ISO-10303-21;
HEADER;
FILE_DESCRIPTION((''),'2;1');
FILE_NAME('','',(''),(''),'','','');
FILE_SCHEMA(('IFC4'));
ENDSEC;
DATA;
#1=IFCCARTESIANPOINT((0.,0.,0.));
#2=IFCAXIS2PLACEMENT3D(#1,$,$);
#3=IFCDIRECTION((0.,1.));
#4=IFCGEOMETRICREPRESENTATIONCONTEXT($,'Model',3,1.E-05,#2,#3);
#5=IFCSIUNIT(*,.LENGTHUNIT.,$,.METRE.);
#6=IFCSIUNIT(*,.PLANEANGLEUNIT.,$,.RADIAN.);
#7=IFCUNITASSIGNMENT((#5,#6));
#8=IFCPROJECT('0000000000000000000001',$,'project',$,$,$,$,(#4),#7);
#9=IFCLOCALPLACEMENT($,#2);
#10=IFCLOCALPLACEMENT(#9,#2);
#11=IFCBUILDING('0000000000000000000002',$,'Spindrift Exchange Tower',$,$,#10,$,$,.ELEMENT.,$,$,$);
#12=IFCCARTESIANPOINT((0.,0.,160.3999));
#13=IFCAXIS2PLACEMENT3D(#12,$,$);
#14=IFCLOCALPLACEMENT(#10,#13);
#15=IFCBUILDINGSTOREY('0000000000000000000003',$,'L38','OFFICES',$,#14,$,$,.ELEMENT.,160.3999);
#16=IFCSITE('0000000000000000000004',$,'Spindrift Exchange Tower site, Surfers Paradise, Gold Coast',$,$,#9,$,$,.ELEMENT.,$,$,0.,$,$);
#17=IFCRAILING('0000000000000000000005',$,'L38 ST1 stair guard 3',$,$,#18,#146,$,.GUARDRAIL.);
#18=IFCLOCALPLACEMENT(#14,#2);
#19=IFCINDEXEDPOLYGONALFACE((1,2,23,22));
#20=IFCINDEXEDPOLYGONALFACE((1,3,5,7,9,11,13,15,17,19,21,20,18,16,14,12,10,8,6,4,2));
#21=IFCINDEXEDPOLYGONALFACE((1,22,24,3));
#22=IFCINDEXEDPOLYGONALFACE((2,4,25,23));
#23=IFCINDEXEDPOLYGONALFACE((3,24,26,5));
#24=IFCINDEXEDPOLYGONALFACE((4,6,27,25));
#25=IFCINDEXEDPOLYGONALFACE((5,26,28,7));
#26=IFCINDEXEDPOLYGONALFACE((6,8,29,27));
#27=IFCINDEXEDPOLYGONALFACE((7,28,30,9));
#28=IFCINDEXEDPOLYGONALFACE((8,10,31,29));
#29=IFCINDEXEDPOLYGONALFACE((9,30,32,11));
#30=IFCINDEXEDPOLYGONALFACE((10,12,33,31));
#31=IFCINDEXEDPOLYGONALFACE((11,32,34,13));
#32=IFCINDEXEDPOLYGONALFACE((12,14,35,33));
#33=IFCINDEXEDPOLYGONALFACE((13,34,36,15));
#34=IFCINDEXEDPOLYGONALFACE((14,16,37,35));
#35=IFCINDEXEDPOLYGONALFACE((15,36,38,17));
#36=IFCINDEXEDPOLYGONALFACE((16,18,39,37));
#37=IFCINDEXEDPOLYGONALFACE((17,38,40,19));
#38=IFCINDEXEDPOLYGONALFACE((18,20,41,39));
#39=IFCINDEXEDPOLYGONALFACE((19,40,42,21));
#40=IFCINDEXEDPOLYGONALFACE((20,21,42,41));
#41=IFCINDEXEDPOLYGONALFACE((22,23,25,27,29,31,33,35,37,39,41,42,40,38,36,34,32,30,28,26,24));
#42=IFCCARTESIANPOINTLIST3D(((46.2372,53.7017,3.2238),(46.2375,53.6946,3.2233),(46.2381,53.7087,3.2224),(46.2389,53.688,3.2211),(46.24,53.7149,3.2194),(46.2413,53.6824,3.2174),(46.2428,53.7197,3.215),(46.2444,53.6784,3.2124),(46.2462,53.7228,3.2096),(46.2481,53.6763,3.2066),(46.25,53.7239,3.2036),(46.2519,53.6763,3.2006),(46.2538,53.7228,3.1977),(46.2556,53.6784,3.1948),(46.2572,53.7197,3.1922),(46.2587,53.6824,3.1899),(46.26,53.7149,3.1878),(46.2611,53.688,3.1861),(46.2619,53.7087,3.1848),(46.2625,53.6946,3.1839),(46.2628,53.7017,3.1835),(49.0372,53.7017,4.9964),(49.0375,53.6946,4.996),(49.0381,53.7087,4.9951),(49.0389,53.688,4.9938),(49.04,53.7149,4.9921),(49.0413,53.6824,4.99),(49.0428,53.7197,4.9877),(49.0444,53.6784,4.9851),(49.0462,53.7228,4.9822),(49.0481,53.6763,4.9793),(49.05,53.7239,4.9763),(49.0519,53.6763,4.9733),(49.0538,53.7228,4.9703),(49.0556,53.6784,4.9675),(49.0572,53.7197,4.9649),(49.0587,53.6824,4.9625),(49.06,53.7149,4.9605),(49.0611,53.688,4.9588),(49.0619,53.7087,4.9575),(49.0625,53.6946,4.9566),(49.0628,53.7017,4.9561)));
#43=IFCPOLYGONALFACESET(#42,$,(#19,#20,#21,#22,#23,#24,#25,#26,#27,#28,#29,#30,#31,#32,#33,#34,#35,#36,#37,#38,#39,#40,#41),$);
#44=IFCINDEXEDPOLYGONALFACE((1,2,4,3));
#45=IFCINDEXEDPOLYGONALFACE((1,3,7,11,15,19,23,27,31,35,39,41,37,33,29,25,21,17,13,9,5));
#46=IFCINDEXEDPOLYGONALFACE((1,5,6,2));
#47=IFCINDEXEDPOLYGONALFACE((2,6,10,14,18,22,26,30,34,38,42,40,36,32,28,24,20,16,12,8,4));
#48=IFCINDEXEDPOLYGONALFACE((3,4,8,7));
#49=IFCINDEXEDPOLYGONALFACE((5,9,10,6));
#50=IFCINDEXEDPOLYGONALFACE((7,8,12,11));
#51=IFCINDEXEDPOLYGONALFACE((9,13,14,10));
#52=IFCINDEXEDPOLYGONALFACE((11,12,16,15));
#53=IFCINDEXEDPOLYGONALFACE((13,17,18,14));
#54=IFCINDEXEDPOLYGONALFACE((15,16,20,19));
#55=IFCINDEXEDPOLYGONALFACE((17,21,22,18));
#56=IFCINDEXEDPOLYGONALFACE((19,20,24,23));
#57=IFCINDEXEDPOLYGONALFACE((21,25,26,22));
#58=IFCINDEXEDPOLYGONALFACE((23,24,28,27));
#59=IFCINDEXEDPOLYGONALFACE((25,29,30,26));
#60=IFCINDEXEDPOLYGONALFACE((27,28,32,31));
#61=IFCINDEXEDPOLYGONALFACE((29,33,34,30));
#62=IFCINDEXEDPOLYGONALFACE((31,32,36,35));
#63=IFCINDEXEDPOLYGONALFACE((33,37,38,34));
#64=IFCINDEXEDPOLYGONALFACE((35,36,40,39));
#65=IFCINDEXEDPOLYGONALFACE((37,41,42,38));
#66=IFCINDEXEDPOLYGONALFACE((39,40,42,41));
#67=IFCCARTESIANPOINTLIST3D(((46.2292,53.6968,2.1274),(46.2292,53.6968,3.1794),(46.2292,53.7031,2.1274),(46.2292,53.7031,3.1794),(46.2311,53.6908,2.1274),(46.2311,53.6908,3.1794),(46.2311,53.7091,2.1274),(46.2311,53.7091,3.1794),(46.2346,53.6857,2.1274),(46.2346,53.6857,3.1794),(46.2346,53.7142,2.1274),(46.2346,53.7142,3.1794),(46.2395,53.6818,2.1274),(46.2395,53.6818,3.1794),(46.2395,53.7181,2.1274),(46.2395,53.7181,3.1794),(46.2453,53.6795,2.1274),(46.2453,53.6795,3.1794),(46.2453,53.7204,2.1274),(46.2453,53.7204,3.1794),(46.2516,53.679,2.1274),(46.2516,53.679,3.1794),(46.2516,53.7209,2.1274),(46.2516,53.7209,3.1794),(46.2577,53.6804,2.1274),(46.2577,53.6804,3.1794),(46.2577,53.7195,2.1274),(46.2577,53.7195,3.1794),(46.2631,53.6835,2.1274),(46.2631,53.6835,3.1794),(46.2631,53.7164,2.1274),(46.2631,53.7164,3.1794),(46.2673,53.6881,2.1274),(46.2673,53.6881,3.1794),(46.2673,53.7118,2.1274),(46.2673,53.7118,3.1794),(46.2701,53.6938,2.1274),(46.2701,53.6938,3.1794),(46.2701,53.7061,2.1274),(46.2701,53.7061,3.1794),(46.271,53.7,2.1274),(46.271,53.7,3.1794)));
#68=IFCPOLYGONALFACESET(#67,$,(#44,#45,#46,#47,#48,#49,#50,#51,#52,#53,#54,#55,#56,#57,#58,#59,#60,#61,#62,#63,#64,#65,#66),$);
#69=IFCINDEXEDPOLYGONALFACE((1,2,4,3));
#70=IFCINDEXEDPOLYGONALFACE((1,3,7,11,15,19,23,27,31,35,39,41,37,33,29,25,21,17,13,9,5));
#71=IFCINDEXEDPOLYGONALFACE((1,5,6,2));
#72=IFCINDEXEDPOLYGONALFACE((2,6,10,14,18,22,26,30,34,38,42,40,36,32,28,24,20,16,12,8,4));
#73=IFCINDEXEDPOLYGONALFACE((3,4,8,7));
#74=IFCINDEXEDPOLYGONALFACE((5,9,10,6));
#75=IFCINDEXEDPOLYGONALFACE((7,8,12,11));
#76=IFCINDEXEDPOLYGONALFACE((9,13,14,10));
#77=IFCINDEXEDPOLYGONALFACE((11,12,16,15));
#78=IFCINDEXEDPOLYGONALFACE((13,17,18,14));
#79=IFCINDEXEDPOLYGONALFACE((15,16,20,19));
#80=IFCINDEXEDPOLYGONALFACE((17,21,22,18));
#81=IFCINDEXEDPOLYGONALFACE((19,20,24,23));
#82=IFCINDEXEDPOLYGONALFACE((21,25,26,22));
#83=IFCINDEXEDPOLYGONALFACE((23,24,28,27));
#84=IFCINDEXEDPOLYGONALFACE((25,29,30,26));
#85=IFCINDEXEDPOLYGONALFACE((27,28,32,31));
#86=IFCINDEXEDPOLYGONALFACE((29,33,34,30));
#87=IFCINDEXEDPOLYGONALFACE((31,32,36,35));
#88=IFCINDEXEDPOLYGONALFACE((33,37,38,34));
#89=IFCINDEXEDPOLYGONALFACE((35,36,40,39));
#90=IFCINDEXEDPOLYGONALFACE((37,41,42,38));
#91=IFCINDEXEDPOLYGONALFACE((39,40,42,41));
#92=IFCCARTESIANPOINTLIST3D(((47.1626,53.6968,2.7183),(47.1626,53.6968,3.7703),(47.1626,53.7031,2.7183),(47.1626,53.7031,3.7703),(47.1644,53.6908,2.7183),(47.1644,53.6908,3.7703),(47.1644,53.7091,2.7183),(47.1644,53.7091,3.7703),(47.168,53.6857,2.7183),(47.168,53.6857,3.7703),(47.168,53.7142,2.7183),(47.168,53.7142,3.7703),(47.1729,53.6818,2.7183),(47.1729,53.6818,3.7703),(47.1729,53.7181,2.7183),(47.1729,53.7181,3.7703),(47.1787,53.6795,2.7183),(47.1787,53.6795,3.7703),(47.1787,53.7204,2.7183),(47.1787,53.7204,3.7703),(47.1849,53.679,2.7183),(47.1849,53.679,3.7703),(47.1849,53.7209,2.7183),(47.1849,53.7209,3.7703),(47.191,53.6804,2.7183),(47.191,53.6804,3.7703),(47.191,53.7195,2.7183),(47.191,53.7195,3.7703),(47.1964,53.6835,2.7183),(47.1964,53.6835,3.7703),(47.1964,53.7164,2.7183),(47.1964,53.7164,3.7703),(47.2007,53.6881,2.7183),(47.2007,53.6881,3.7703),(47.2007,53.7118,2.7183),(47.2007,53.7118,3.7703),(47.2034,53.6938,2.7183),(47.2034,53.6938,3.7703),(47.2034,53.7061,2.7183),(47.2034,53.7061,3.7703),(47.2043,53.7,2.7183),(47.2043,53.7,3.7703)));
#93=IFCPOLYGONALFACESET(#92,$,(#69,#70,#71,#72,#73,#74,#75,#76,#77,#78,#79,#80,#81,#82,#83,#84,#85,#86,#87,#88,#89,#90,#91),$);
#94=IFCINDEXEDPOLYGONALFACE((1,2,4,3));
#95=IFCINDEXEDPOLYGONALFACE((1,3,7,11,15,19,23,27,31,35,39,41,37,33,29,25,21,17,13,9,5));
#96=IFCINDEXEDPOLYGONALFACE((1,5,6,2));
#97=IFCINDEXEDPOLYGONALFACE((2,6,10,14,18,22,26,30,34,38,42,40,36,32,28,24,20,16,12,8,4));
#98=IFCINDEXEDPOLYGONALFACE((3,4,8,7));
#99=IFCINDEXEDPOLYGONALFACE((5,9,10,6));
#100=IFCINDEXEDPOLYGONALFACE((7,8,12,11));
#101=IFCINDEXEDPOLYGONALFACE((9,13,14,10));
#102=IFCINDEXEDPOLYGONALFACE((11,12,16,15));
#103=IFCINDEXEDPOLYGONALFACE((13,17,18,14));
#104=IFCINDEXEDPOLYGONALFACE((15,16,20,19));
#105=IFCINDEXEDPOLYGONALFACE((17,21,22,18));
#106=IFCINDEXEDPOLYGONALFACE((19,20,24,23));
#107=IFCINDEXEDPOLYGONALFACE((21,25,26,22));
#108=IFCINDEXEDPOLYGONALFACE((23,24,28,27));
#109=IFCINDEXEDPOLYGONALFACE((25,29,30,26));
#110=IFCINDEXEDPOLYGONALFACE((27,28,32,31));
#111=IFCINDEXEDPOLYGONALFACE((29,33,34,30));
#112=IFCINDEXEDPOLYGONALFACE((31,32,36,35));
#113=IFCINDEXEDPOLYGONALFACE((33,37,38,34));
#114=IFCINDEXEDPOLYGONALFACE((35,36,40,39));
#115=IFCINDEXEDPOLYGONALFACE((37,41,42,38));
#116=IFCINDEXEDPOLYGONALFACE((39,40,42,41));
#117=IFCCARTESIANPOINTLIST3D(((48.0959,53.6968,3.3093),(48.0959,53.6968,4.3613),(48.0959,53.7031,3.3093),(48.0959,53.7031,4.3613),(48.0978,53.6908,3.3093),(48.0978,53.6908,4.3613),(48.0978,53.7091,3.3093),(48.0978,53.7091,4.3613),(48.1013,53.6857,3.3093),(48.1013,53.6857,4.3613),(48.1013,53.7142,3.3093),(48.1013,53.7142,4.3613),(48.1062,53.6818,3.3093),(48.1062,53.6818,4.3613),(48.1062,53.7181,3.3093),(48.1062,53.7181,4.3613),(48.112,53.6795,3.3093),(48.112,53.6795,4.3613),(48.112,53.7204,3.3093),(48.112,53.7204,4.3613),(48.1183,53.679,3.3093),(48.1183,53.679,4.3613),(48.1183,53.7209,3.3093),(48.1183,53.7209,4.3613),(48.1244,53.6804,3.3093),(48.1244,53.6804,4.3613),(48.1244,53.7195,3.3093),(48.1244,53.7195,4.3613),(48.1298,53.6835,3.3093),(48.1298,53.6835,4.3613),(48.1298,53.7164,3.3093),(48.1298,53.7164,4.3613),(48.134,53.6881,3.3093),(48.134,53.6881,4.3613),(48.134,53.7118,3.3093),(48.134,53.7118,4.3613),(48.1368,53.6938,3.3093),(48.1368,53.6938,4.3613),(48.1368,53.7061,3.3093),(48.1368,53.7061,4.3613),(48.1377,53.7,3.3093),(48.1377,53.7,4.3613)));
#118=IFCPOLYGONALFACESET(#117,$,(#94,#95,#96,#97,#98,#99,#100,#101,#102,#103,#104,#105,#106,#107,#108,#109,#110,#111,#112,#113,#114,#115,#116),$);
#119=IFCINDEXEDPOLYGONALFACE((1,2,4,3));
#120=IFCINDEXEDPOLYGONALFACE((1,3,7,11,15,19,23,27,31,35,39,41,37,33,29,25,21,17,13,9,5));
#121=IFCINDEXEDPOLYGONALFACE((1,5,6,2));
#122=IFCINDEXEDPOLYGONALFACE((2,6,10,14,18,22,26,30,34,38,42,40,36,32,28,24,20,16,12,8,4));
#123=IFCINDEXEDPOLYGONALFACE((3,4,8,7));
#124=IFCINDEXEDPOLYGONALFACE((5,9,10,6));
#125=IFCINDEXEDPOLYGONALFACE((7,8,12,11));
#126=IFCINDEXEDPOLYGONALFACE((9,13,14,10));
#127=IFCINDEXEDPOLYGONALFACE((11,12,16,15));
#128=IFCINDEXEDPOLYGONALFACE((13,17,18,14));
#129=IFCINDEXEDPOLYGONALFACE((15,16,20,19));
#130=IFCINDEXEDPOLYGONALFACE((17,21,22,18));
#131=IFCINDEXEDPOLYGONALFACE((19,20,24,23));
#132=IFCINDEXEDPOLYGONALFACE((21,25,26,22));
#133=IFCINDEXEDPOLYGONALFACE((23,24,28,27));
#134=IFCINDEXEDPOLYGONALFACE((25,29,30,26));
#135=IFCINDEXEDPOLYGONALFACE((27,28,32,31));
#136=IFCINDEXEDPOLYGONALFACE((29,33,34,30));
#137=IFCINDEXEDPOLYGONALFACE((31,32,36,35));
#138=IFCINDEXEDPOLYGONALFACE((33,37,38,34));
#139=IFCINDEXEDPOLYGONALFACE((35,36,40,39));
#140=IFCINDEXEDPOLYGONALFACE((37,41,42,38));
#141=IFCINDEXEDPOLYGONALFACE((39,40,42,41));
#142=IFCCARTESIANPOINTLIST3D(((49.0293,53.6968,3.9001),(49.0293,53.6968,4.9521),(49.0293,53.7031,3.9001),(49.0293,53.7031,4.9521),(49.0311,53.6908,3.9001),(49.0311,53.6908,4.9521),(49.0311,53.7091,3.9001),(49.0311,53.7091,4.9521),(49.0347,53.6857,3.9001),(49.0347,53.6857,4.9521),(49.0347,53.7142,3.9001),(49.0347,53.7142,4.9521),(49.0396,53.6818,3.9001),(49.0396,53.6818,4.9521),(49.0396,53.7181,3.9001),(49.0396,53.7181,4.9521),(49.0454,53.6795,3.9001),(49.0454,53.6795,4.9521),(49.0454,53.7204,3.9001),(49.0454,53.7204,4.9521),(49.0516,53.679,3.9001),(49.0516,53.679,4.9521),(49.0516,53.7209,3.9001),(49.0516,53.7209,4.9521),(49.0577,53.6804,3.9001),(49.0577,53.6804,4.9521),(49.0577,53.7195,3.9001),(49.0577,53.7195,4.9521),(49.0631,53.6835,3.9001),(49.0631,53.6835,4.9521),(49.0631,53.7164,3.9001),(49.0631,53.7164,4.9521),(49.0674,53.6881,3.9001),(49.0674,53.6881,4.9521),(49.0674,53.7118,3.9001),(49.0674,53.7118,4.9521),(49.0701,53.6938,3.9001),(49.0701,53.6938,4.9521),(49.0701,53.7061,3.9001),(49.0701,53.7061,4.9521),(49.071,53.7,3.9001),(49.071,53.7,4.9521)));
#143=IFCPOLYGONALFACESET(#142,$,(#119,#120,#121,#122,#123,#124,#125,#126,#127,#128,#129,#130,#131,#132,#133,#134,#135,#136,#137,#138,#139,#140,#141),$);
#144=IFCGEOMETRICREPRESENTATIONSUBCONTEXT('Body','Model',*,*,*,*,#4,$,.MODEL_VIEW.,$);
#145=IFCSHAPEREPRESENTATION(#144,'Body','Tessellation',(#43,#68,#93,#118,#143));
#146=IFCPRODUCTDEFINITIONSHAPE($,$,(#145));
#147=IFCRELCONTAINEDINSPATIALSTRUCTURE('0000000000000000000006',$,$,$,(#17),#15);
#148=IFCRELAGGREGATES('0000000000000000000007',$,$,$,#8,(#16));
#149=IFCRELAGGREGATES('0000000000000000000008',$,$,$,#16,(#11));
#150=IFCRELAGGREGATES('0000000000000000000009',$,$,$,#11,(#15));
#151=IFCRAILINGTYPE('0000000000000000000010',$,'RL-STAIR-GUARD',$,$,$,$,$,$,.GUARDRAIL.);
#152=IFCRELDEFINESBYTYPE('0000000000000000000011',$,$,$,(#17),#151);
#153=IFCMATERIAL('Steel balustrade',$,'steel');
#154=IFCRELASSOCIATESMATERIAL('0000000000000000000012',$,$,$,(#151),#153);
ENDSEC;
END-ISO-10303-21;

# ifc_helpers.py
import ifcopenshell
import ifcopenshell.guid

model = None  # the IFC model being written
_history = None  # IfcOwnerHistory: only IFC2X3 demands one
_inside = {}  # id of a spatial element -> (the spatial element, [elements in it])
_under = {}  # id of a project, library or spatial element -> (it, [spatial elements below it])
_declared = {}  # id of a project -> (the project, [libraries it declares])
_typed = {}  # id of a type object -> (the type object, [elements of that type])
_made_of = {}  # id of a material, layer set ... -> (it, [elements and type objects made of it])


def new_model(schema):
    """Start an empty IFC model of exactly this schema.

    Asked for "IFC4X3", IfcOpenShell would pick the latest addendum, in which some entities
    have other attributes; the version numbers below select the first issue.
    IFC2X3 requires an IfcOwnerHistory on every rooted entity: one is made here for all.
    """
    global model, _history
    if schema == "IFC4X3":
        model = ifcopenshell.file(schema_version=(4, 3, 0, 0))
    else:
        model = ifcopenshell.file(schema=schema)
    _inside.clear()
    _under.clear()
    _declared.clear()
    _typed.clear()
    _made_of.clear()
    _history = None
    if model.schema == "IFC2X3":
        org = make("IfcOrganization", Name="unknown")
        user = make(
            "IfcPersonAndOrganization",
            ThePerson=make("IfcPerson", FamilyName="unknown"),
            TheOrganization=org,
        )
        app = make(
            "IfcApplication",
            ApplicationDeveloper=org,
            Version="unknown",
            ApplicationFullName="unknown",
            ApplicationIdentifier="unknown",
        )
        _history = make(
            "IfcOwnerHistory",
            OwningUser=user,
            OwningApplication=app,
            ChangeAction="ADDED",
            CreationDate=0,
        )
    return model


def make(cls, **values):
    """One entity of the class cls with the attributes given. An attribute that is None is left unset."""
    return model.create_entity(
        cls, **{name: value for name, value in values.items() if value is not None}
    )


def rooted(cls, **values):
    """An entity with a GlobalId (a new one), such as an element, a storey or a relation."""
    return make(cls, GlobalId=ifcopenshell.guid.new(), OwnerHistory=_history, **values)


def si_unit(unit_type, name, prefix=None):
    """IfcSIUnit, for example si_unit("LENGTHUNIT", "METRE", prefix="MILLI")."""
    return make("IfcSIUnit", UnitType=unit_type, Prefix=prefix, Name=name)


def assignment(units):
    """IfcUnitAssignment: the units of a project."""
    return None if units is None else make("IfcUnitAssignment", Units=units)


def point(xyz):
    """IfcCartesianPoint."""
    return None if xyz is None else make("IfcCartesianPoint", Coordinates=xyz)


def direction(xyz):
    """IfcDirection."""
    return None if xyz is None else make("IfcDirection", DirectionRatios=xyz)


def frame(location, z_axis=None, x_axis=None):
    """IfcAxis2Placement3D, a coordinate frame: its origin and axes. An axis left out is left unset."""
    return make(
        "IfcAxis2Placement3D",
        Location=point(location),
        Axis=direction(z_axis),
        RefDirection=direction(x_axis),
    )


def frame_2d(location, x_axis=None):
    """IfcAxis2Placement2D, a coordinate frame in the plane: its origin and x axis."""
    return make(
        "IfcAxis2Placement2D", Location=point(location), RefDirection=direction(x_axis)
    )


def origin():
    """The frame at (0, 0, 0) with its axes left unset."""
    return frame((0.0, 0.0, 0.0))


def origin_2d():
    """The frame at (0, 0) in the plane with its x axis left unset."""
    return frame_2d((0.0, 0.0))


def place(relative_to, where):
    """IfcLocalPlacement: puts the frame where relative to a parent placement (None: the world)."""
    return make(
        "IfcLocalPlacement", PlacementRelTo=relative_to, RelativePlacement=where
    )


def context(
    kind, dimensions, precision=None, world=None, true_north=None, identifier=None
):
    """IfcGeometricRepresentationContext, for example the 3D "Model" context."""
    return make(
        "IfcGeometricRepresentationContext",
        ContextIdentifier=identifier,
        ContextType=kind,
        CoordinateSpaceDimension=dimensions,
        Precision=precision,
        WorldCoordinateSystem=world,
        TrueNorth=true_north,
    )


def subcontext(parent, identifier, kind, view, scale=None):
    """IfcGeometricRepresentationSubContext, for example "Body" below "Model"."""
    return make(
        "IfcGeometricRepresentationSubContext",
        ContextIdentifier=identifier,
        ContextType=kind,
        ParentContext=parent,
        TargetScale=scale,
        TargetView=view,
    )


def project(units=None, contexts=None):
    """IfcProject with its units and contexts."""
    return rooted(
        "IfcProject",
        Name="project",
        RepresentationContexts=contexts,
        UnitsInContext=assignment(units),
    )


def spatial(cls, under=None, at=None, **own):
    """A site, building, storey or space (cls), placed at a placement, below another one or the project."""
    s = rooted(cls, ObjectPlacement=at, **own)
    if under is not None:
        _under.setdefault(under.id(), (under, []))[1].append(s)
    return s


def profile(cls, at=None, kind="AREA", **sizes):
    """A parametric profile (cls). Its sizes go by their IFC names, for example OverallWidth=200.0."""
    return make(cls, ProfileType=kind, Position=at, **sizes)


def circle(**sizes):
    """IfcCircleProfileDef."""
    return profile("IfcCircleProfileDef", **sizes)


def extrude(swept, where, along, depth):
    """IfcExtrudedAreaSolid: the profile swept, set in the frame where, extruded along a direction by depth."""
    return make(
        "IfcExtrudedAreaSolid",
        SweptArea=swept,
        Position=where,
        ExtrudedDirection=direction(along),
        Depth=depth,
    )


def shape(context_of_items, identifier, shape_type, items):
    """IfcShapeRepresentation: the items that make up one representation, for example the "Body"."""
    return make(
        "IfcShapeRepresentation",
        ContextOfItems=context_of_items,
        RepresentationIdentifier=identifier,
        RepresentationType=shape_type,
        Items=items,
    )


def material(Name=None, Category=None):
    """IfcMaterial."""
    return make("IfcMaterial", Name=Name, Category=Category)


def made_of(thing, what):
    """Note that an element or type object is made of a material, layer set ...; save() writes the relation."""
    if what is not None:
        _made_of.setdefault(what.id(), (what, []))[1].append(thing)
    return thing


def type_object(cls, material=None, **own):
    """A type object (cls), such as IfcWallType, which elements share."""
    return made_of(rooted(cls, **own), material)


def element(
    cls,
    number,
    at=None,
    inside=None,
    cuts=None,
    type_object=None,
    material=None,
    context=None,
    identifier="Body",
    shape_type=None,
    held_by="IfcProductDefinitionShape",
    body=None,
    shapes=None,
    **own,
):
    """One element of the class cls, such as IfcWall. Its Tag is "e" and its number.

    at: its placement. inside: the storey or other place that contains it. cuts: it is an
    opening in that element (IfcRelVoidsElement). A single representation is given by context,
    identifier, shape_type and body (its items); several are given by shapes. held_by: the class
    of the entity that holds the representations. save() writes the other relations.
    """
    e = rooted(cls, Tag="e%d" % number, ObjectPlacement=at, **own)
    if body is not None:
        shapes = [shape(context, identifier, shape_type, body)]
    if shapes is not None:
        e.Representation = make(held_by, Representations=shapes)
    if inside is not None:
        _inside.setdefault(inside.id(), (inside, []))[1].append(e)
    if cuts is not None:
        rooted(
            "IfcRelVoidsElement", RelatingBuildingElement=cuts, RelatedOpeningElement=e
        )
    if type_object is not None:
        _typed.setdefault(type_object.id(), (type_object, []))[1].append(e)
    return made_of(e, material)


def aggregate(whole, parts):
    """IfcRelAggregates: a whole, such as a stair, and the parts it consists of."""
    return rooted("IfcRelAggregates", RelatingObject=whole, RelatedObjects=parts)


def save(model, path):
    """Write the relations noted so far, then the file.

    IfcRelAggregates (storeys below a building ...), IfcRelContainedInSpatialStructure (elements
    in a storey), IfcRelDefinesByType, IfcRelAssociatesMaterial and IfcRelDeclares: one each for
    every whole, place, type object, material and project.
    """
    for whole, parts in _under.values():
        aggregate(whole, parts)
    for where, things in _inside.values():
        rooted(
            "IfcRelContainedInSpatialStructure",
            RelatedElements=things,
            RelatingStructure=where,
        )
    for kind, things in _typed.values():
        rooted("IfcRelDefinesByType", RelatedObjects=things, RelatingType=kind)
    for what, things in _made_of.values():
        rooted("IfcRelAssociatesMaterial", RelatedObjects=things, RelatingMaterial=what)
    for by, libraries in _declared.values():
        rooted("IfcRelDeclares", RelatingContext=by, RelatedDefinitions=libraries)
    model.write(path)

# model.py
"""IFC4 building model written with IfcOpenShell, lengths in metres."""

from ifc_helpers import new_model, si_unit, direction, frame, origin, origin_2d, place, context, subcontext, project, spatial, circle, extrude, material, type_object, element, save


model = new_model("IFC4")

# Units and contexts
model_context = context("Model", 3, precision=1e-05, world=origin(), true_north=direction((0.0, 1.0)))
body_context = subcontext(model_context, "Body", "Model", "MODEL_VIEW")
ifc_project = project(units=[si_unit("LENGTHUNIT", "METRE"), si_unit("PLANEANGLEUNIT", "RADIAN")], contexts=[model_context])

# Site, building, storey
site_placement = place(None, origin())
site = spatial("IfcSite", under=ifc_project, at=site_placement, Name="Spindrift Exchange Tower site, Surfers Paradise, Gold Coast", CompositionType="ELEMENT", RefElevation=0.0)
building_placement = place(site_placement, origin())
building = spatial("IfcBuilding", under=site, at=building_placement, Name="Spindrift Exchange Tower", CompositionType="ELEMENT")
storey_placement = place(building_placement, frame((0.0, 0.0, 160.3999)))
storey = spatial("IfcBuildingStorey", under=building, at=storey_placement, Name="L38", Description="OFFICES", CompositionType="ELEMENT", Elevation=160.3999)

# Railing
ifc_material_1 = material(Name="Steel balustrade", Category="steel")
railing_type_1 = type_object("IfcRailingType", Name="RL-STAIR-GUARD", PredefinedType="GUARDRAIL", material=ifc_material_1)
railing_1_placement = place(storey_placement, frame((46.25, 53.7, 2.1274)))
element("IfcRailing", 1, at=railing_1_placement, inside=storey, type_object=railing_type_1, Name="L38 ST1 stair guard 3", PredefinedType="GUARDRAIL", context=body_context, shape_type="SweptSolid", body=[
    extrude(circle(Radius=0.0239, at=origin_2d()), frame((0.0, 0.0, 1.0762), z_axis=(0.844909, 0.0, 0.53491), x_axis=(0.0, 1.0, 0.0)), (0.0, 0.0, 1.0), 3.314),
    extrude(circle(Radius=0.021, at=origin_2d()), origin(), (0.0, 0.0, 1.0), 1.052),
    extrude(circle(Radius=0.021, at=origin_2d()), frame((0.9333, 0.0, 0.5908)), (0.0, 0.0, 1.0), 1.052),
    extrude(circle(Radius=0.021, at=origin_2d()), frame((1.8667, 0.0, 1.1819)), (0.0, 0.0, 1.0), 1.052),
    extrude(circle(Radius=0.021, at=origin_2d()), frame((2.8, 0.0, 1.7727)), (0.0, 0.0, 1.0), 1.052),
])

save(model, "model.ifc")
